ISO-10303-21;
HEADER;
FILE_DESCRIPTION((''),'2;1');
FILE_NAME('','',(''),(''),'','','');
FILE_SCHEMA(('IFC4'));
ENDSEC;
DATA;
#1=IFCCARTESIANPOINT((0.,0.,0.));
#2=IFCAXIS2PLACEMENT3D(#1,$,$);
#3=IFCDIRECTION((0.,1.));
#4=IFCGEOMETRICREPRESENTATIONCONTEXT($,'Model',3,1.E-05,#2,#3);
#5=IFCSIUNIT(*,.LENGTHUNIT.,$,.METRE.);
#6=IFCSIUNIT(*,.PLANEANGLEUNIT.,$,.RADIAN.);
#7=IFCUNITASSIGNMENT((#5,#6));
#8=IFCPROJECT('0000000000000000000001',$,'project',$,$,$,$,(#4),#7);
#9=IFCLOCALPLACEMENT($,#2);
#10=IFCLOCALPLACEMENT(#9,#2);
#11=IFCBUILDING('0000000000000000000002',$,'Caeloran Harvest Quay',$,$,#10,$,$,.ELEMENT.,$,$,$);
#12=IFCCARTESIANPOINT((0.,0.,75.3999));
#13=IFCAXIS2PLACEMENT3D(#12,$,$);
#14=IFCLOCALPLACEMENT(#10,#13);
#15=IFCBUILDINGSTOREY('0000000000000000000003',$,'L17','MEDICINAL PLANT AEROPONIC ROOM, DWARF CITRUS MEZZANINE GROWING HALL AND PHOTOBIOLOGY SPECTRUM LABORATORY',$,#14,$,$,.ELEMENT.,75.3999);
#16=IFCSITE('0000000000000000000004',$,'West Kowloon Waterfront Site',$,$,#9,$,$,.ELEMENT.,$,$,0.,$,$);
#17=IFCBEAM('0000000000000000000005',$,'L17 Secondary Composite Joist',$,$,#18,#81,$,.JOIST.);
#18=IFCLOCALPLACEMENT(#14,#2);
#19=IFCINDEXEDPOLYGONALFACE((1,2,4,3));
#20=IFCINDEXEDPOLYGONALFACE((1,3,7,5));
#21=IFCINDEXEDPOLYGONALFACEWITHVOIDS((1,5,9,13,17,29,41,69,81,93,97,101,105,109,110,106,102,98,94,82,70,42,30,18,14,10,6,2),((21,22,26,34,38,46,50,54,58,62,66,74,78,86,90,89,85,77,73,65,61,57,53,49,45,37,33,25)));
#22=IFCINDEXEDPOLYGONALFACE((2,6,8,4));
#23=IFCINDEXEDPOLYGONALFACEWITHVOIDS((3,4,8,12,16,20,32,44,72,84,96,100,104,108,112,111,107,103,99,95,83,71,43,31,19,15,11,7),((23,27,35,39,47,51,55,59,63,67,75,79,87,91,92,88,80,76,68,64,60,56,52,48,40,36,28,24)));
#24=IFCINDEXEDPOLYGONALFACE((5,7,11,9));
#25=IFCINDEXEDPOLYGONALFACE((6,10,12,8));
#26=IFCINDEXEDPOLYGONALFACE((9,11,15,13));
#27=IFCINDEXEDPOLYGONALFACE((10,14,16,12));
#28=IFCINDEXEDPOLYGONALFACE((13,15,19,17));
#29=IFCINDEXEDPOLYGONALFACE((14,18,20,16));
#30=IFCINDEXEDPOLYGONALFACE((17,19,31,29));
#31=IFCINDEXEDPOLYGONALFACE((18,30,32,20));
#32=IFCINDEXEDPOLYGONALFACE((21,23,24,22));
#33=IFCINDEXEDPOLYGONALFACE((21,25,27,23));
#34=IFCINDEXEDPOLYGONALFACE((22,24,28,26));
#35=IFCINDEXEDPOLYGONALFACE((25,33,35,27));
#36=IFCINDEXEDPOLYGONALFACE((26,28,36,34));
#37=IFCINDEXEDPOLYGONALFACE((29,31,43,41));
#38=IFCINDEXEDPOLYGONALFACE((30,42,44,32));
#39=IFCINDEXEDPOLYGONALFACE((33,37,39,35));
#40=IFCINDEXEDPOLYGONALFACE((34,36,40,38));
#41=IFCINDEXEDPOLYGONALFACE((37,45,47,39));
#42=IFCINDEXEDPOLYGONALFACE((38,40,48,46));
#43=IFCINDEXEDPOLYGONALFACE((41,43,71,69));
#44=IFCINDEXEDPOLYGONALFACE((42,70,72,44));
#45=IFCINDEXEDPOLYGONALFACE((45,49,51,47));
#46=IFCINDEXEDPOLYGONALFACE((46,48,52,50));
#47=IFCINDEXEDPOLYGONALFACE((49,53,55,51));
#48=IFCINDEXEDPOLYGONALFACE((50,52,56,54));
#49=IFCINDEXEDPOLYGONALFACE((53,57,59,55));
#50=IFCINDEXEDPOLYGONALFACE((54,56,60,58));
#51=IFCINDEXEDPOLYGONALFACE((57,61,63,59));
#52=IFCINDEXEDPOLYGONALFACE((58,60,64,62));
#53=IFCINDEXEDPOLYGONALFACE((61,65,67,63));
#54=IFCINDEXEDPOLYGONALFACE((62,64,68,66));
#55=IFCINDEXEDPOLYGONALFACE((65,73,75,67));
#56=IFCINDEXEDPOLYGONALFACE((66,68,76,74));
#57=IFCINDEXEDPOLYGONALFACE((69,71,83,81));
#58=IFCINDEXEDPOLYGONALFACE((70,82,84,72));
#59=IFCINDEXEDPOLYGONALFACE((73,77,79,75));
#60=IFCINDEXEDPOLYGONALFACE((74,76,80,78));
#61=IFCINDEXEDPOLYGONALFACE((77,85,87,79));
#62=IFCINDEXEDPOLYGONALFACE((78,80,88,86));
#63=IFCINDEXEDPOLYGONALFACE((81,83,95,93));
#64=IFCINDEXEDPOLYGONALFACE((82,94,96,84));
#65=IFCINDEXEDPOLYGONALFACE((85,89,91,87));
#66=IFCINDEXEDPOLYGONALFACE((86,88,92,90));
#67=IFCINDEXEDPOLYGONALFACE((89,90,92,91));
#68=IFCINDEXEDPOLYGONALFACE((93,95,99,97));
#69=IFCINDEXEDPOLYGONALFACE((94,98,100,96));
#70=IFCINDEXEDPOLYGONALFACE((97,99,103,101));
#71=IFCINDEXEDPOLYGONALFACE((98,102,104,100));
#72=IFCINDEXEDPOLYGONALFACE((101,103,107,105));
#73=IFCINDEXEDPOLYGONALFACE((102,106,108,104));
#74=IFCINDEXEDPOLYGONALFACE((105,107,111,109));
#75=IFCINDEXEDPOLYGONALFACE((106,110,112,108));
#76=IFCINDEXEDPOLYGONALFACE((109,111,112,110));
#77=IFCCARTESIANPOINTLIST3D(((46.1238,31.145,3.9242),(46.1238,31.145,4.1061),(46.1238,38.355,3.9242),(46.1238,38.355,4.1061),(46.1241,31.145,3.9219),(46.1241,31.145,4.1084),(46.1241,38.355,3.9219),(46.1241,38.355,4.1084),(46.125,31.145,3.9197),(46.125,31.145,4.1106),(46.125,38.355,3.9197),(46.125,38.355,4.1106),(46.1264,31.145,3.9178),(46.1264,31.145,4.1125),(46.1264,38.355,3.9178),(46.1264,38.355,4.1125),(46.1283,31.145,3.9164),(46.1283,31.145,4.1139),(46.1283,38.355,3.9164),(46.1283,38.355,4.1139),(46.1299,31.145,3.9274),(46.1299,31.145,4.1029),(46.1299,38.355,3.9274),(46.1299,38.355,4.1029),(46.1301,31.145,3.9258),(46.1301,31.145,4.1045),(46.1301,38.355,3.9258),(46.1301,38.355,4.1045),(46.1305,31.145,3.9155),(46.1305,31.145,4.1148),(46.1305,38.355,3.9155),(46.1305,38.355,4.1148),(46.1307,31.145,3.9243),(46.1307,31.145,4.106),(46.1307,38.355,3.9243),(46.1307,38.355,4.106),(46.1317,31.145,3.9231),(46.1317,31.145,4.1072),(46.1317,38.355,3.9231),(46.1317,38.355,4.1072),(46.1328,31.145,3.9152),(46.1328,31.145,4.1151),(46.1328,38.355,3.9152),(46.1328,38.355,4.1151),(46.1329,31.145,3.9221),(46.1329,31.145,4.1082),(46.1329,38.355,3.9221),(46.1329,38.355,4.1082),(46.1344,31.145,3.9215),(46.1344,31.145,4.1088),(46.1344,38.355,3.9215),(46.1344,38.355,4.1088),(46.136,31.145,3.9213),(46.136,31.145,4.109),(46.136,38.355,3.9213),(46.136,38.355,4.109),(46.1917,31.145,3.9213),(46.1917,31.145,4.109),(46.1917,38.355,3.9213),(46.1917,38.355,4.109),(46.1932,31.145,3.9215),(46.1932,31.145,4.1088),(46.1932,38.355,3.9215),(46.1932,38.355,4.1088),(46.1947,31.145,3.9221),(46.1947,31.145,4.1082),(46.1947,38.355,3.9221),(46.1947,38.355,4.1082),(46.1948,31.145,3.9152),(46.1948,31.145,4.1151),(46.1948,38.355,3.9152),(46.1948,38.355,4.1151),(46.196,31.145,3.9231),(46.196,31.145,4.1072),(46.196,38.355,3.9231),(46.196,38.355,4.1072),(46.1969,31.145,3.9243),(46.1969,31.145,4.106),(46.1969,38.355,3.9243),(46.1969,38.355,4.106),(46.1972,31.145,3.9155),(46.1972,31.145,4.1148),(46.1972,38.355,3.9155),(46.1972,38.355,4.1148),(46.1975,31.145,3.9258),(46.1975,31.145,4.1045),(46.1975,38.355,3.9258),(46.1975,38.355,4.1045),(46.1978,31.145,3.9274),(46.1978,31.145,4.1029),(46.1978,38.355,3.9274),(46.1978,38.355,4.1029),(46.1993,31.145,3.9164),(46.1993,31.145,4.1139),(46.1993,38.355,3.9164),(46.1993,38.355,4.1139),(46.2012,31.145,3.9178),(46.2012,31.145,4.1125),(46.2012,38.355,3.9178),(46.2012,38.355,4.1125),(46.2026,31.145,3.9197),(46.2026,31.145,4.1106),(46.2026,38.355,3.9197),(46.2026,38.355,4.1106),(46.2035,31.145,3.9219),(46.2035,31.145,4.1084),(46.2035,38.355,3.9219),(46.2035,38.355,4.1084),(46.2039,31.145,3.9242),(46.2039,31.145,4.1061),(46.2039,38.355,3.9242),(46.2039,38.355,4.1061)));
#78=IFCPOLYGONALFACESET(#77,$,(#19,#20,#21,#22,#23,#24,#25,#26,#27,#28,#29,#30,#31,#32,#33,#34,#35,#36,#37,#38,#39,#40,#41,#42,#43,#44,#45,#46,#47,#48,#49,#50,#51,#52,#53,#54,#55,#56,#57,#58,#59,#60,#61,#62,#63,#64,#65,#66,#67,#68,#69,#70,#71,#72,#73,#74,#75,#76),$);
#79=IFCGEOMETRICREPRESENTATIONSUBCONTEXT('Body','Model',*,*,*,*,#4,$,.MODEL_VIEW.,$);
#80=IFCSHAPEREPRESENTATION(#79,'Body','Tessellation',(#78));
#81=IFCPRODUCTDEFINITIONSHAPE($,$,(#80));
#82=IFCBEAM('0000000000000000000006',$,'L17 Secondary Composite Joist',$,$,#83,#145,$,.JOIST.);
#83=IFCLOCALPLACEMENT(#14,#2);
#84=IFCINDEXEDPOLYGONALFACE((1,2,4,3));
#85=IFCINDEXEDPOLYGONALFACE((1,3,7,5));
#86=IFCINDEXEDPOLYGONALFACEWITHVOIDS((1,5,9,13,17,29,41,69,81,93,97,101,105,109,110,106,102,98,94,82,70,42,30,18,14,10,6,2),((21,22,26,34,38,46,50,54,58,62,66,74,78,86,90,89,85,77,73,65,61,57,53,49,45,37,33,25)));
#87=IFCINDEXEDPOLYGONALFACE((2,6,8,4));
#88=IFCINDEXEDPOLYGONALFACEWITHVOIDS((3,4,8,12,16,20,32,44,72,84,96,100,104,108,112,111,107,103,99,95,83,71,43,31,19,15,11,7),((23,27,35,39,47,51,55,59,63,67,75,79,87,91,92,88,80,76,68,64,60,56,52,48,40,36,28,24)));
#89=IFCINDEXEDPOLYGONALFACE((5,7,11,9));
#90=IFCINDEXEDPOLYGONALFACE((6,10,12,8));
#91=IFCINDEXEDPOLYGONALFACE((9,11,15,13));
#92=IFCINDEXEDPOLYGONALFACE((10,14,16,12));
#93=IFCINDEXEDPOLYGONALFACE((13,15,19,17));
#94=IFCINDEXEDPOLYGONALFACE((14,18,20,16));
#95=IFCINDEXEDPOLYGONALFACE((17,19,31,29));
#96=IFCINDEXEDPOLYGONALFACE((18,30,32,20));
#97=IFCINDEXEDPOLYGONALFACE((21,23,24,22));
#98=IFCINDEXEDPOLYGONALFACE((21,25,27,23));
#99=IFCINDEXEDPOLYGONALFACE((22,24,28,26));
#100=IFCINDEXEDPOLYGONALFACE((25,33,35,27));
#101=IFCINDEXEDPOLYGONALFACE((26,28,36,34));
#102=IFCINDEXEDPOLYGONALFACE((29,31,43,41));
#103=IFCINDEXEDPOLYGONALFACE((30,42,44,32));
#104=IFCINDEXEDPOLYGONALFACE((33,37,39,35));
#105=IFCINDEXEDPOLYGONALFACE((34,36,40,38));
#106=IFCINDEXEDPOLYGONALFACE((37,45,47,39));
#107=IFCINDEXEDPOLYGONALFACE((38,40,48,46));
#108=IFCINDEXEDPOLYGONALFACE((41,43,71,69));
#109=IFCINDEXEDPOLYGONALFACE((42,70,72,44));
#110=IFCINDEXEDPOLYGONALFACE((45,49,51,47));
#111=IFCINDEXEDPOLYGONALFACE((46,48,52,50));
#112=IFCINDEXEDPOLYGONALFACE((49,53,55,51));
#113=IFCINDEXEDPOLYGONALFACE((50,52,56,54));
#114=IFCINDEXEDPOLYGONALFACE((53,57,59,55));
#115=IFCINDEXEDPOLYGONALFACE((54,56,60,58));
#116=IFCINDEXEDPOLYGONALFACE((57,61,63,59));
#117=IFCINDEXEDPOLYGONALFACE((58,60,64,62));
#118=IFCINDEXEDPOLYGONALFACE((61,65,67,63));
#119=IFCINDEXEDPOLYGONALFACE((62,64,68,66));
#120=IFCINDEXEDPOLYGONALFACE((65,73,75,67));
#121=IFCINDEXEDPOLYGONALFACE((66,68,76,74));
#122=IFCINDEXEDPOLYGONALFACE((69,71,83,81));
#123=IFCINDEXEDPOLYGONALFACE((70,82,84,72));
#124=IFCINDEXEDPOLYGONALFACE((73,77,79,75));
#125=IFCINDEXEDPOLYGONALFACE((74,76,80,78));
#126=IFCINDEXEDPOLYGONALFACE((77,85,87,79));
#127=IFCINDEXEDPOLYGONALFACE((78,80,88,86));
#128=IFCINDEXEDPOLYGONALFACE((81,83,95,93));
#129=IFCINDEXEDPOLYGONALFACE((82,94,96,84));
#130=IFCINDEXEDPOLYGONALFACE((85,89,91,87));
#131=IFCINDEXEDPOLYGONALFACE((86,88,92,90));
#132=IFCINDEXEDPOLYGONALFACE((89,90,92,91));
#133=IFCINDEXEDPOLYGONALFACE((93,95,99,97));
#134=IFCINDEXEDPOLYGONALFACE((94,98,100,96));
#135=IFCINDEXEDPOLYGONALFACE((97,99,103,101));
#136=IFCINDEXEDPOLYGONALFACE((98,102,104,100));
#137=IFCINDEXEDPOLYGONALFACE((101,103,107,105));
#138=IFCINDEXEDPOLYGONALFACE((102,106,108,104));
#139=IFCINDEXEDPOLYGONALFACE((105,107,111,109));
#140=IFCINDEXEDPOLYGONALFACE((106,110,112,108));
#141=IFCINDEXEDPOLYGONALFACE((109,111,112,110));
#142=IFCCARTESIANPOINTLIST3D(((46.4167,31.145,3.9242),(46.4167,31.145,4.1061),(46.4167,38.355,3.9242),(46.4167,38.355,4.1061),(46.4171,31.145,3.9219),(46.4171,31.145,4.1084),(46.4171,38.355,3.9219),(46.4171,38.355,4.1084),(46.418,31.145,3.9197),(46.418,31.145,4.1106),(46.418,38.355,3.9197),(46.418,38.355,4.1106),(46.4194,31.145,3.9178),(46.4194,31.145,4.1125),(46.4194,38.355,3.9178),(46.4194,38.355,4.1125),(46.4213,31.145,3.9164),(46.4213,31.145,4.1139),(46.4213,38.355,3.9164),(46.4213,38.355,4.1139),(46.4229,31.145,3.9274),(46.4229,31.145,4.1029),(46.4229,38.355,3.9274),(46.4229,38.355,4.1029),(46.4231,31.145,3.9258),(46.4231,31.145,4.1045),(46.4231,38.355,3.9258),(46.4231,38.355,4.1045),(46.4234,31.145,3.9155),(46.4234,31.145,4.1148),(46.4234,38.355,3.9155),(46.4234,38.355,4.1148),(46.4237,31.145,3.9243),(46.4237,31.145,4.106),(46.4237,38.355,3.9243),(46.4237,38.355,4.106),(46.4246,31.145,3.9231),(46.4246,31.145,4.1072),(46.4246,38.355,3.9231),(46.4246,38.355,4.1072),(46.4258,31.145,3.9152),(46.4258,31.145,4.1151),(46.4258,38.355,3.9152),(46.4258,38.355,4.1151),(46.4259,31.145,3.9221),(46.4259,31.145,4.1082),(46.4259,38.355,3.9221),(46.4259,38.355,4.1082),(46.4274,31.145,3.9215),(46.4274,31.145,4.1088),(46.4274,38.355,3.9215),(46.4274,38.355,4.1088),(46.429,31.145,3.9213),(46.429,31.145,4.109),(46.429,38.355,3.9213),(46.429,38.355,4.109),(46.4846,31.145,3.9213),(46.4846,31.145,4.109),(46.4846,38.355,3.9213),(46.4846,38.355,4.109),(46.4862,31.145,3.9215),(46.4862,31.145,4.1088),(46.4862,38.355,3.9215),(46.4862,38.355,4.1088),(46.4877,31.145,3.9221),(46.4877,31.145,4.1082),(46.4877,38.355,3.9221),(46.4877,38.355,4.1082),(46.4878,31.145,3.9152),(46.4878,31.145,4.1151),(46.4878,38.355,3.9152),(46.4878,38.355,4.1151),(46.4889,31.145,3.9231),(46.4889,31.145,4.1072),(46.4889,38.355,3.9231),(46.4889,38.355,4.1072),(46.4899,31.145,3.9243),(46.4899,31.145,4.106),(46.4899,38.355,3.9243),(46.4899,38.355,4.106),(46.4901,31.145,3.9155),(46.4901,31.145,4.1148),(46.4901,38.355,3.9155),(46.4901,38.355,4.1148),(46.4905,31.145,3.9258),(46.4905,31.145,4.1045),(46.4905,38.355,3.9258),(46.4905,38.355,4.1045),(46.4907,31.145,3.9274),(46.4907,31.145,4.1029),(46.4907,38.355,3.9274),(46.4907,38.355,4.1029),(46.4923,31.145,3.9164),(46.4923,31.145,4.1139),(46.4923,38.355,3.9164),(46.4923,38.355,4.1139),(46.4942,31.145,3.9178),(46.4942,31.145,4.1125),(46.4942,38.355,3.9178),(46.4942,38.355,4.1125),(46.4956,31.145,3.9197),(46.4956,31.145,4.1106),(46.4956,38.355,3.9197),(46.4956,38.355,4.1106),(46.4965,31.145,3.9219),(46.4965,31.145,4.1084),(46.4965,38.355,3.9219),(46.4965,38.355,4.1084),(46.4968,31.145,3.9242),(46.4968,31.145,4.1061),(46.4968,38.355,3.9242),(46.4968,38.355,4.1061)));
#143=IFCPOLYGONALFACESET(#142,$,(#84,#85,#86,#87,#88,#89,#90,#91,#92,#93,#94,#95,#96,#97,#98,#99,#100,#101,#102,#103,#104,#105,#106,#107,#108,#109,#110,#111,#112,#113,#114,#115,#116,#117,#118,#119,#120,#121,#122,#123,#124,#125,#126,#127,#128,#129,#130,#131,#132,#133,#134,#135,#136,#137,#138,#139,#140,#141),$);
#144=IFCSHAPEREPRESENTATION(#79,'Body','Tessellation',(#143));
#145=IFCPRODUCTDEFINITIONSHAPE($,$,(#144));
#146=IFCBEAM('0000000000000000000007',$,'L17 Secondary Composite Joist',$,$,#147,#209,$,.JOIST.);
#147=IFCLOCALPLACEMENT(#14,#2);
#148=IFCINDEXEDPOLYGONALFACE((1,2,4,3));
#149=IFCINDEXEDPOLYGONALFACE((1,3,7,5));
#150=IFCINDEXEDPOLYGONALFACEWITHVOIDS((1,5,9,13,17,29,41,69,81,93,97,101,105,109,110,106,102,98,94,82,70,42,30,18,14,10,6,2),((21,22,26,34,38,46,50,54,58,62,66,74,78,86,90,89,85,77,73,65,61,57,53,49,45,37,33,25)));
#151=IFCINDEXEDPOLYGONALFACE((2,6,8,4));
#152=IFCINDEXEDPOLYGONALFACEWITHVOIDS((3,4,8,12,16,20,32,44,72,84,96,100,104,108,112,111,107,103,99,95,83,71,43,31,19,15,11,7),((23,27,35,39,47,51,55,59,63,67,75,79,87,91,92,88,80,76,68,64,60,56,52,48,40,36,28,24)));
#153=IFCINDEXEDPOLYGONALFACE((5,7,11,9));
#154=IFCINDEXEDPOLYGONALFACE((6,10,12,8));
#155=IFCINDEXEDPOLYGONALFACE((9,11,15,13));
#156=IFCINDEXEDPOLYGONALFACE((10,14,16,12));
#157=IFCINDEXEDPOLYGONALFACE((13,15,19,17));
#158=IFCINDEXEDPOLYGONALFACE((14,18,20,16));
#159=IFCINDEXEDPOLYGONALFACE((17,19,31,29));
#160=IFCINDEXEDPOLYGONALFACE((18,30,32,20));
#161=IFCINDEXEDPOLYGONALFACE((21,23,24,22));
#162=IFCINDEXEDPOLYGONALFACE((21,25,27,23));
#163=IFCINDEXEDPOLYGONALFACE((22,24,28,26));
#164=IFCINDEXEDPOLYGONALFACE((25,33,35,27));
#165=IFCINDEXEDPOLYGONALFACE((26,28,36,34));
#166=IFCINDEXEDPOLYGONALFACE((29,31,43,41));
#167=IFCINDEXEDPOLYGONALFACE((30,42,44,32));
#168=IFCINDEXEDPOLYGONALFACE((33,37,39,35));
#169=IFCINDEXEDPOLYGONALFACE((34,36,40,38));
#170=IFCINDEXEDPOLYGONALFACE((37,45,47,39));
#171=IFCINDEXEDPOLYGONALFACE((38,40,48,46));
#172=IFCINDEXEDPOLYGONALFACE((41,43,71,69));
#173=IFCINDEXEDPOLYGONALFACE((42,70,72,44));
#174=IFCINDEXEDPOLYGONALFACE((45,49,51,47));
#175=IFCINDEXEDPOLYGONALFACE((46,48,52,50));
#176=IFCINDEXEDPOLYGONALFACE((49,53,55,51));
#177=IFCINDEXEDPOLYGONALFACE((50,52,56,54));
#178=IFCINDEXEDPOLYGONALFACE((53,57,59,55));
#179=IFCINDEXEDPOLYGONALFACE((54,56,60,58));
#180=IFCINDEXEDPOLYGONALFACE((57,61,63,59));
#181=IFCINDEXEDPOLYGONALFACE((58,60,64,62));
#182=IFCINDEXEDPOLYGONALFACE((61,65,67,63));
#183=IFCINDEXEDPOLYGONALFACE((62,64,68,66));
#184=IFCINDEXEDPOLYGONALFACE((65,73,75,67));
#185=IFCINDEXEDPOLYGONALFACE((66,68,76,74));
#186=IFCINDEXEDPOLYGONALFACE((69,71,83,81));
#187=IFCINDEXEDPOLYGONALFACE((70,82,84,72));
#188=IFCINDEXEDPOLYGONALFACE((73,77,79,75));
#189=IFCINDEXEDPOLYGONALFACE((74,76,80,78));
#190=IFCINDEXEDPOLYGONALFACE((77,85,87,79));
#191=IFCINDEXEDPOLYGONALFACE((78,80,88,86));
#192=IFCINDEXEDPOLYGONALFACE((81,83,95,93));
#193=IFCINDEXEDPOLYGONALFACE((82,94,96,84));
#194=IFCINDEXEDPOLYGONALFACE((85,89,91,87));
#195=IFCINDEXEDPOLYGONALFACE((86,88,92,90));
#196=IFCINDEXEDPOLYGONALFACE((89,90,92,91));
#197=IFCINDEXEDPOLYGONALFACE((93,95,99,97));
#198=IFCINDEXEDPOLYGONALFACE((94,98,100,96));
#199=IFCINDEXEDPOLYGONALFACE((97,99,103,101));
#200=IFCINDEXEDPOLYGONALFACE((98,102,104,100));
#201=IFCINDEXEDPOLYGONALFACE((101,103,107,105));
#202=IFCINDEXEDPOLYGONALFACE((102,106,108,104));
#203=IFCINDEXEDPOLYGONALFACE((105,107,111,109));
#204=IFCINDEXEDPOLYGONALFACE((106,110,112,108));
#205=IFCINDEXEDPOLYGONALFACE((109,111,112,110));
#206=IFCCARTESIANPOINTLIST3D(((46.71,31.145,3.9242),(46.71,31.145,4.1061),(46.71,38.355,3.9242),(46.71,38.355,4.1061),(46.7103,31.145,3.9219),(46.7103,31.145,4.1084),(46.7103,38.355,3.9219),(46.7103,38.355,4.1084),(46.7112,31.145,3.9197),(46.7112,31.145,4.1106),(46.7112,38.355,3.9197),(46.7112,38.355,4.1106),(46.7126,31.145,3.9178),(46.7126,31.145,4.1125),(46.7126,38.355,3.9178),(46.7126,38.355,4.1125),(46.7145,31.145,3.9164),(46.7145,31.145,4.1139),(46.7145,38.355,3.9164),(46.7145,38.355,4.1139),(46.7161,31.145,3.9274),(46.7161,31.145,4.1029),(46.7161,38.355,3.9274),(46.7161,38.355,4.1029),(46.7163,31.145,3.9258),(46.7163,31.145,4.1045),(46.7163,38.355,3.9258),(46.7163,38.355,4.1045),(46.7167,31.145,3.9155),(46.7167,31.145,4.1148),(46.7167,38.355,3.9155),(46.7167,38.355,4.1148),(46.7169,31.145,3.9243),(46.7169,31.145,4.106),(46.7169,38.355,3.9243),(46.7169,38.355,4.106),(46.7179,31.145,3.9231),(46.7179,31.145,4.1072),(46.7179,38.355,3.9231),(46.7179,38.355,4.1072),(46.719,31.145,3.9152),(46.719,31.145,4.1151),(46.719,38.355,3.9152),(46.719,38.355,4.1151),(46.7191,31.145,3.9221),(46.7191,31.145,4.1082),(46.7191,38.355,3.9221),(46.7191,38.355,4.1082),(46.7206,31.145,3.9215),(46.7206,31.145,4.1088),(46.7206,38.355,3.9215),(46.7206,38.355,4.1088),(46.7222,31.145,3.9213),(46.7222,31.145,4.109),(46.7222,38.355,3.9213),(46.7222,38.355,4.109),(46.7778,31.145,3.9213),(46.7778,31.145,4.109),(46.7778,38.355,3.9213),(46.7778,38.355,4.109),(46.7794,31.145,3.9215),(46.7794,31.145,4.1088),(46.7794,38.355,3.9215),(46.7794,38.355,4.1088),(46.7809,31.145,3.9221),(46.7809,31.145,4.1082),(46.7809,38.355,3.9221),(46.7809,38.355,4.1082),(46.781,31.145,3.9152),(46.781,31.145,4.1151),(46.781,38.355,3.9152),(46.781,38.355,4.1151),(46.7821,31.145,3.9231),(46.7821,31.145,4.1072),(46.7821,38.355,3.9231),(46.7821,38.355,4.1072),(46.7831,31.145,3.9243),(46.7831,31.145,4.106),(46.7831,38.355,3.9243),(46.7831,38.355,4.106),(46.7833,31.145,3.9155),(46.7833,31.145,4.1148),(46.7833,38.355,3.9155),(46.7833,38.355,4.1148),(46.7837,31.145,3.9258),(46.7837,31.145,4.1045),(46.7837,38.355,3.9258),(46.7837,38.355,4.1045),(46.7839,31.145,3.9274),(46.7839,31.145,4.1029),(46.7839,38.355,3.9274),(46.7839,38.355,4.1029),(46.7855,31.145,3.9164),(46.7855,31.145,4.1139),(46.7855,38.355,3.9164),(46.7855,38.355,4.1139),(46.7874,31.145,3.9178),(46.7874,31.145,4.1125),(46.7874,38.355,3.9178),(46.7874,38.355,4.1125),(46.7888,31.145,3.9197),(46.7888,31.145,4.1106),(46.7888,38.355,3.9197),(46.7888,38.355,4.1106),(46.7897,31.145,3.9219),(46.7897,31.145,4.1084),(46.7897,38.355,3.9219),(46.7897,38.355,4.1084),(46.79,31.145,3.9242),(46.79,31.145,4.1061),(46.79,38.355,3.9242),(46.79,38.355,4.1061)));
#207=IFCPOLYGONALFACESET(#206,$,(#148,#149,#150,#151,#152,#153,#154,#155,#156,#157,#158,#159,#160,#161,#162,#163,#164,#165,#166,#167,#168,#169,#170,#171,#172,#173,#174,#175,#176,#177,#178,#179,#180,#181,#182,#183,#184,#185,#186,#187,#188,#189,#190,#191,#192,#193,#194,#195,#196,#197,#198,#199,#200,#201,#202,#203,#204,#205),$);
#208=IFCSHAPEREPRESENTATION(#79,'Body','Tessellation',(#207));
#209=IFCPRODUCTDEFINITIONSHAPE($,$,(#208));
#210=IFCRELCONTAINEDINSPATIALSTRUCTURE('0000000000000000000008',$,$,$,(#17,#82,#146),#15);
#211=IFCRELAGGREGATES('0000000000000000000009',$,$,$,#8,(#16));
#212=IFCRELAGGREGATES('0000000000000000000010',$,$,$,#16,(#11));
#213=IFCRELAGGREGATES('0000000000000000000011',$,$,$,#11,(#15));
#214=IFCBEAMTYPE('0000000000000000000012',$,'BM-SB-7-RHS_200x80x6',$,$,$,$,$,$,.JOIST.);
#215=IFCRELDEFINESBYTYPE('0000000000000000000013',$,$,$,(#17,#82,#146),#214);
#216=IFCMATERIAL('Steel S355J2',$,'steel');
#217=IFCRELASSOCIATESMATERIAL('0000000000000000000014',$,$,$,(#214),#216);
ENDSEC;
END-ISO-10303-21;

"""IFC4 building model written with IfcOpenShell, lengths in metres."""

from ifc_helpers import new_model, si_unit, direction, frame, origin, origin_2d, place, context, subcontext, project, spatial, hollow_rectangle, extrude, material, material_profile, profile_set, type_object, element, save


model = new_model("IFC4")

# Units and contexts
model_context = context("Model", 3, precision=1e-05, world=origin(), true_north=direction((0.0, 1.0)))
body_context = subcontext(model_context, "Body", "Model", "MODEL_VIEW")
ifc_project = project(units=[si_unit("LENGTHUNIT", "METRE"), si_unit("PLANEANGLEUNIT", "RADIAN")], contexts=[model_context])

# Site, building, storey
site_placement = place(None, origin())
site = spatial("IfcSite", under=ifc_project, at=site_placement, Name="West Kowloon Waterfront Site", CompositionType="ELEMENT", RefElevation=0.0)
building_placement = place(site_placement, origin())
building = spatial("IfcBuilding", under=site, at=building_placement, Name="Caeloran Harvest Quay", CompositionType="ELEMENT")
storey_placement = place(building_placement, frame((0.0, 0.0, 75.3999)))
storey = spatial("IfcBuildingStorey", under=building, at=storey_placement, Name="L17", Description="MEDICINAL PLANT AEROPONIC ROOM, DWARF CITRUS MEZZANINE GROWING HALL AND PHOTOBIOLOGY SPECTRUM LABORATORY", CompositionType="ELEMENT", Elevation=75.3999)

# Beams
ifc_material_1 = material(Name="Steel S355J2", Category="steel")
ifc_material_profile_1 = material_profile(ifc_material_1, hollow_rectangle(XDim=0.0801, YDim=0.2, WallThickness=0.0061, InnerFilletRadius=0.0061, OuterFilletRadius=0.009, at=origin_2d()), Name="RHS 200x80x6")
ifc_profile_set_1 = profile_set([ifc_material_profile_1], Name="Steel S355J2")
beam_type_1 = type_object("IfcBeamType", Name="BM-SB-7-RHS_200x80x6", PredefinedType="JOIST", material=ifc_profile_set_1)
for number, where, z_axis, x_axis, name in (
    (1, (46.1638, 31.145, 4.0151), (0.0, 1.0, 0.0), (-1.0, 0.0, 0.0), "L17 Secondary Composite Joist"),
    (2, (46.4568, 31.145, 4.0151), (0.0, 1.0, 0.0), (-1.0, 0.0, 0.0), "L17 Secondary Composite Joist"),
    (3, (46.75, 31.145, 4.0151), (0.0, 1.0, 0.0), (-1.0, 0.0, 0.0), "L17 Secondary Composite Joist"),
):
    element("IfcBeam", number, at=place(storey_placement, frame(where, z_axis=z_axis, x_axis=x_axis)), inside=storey, type_object=beam_type_1, Name=name, PredefinedType="JOIST", context=body_context, shape_type="SweptSolid", body=[
        extrude(hollow_rectangle(XDim=0.0801, YDim=0.2, WallThickness=0.0061, InnerFilletRadius=0.0061, OuterFilletRadius=0.009, at=origin_2d()), origin(), (0.0, 0.0, 1.0), 7.21),
    ])

save(model, "model.ifc")
